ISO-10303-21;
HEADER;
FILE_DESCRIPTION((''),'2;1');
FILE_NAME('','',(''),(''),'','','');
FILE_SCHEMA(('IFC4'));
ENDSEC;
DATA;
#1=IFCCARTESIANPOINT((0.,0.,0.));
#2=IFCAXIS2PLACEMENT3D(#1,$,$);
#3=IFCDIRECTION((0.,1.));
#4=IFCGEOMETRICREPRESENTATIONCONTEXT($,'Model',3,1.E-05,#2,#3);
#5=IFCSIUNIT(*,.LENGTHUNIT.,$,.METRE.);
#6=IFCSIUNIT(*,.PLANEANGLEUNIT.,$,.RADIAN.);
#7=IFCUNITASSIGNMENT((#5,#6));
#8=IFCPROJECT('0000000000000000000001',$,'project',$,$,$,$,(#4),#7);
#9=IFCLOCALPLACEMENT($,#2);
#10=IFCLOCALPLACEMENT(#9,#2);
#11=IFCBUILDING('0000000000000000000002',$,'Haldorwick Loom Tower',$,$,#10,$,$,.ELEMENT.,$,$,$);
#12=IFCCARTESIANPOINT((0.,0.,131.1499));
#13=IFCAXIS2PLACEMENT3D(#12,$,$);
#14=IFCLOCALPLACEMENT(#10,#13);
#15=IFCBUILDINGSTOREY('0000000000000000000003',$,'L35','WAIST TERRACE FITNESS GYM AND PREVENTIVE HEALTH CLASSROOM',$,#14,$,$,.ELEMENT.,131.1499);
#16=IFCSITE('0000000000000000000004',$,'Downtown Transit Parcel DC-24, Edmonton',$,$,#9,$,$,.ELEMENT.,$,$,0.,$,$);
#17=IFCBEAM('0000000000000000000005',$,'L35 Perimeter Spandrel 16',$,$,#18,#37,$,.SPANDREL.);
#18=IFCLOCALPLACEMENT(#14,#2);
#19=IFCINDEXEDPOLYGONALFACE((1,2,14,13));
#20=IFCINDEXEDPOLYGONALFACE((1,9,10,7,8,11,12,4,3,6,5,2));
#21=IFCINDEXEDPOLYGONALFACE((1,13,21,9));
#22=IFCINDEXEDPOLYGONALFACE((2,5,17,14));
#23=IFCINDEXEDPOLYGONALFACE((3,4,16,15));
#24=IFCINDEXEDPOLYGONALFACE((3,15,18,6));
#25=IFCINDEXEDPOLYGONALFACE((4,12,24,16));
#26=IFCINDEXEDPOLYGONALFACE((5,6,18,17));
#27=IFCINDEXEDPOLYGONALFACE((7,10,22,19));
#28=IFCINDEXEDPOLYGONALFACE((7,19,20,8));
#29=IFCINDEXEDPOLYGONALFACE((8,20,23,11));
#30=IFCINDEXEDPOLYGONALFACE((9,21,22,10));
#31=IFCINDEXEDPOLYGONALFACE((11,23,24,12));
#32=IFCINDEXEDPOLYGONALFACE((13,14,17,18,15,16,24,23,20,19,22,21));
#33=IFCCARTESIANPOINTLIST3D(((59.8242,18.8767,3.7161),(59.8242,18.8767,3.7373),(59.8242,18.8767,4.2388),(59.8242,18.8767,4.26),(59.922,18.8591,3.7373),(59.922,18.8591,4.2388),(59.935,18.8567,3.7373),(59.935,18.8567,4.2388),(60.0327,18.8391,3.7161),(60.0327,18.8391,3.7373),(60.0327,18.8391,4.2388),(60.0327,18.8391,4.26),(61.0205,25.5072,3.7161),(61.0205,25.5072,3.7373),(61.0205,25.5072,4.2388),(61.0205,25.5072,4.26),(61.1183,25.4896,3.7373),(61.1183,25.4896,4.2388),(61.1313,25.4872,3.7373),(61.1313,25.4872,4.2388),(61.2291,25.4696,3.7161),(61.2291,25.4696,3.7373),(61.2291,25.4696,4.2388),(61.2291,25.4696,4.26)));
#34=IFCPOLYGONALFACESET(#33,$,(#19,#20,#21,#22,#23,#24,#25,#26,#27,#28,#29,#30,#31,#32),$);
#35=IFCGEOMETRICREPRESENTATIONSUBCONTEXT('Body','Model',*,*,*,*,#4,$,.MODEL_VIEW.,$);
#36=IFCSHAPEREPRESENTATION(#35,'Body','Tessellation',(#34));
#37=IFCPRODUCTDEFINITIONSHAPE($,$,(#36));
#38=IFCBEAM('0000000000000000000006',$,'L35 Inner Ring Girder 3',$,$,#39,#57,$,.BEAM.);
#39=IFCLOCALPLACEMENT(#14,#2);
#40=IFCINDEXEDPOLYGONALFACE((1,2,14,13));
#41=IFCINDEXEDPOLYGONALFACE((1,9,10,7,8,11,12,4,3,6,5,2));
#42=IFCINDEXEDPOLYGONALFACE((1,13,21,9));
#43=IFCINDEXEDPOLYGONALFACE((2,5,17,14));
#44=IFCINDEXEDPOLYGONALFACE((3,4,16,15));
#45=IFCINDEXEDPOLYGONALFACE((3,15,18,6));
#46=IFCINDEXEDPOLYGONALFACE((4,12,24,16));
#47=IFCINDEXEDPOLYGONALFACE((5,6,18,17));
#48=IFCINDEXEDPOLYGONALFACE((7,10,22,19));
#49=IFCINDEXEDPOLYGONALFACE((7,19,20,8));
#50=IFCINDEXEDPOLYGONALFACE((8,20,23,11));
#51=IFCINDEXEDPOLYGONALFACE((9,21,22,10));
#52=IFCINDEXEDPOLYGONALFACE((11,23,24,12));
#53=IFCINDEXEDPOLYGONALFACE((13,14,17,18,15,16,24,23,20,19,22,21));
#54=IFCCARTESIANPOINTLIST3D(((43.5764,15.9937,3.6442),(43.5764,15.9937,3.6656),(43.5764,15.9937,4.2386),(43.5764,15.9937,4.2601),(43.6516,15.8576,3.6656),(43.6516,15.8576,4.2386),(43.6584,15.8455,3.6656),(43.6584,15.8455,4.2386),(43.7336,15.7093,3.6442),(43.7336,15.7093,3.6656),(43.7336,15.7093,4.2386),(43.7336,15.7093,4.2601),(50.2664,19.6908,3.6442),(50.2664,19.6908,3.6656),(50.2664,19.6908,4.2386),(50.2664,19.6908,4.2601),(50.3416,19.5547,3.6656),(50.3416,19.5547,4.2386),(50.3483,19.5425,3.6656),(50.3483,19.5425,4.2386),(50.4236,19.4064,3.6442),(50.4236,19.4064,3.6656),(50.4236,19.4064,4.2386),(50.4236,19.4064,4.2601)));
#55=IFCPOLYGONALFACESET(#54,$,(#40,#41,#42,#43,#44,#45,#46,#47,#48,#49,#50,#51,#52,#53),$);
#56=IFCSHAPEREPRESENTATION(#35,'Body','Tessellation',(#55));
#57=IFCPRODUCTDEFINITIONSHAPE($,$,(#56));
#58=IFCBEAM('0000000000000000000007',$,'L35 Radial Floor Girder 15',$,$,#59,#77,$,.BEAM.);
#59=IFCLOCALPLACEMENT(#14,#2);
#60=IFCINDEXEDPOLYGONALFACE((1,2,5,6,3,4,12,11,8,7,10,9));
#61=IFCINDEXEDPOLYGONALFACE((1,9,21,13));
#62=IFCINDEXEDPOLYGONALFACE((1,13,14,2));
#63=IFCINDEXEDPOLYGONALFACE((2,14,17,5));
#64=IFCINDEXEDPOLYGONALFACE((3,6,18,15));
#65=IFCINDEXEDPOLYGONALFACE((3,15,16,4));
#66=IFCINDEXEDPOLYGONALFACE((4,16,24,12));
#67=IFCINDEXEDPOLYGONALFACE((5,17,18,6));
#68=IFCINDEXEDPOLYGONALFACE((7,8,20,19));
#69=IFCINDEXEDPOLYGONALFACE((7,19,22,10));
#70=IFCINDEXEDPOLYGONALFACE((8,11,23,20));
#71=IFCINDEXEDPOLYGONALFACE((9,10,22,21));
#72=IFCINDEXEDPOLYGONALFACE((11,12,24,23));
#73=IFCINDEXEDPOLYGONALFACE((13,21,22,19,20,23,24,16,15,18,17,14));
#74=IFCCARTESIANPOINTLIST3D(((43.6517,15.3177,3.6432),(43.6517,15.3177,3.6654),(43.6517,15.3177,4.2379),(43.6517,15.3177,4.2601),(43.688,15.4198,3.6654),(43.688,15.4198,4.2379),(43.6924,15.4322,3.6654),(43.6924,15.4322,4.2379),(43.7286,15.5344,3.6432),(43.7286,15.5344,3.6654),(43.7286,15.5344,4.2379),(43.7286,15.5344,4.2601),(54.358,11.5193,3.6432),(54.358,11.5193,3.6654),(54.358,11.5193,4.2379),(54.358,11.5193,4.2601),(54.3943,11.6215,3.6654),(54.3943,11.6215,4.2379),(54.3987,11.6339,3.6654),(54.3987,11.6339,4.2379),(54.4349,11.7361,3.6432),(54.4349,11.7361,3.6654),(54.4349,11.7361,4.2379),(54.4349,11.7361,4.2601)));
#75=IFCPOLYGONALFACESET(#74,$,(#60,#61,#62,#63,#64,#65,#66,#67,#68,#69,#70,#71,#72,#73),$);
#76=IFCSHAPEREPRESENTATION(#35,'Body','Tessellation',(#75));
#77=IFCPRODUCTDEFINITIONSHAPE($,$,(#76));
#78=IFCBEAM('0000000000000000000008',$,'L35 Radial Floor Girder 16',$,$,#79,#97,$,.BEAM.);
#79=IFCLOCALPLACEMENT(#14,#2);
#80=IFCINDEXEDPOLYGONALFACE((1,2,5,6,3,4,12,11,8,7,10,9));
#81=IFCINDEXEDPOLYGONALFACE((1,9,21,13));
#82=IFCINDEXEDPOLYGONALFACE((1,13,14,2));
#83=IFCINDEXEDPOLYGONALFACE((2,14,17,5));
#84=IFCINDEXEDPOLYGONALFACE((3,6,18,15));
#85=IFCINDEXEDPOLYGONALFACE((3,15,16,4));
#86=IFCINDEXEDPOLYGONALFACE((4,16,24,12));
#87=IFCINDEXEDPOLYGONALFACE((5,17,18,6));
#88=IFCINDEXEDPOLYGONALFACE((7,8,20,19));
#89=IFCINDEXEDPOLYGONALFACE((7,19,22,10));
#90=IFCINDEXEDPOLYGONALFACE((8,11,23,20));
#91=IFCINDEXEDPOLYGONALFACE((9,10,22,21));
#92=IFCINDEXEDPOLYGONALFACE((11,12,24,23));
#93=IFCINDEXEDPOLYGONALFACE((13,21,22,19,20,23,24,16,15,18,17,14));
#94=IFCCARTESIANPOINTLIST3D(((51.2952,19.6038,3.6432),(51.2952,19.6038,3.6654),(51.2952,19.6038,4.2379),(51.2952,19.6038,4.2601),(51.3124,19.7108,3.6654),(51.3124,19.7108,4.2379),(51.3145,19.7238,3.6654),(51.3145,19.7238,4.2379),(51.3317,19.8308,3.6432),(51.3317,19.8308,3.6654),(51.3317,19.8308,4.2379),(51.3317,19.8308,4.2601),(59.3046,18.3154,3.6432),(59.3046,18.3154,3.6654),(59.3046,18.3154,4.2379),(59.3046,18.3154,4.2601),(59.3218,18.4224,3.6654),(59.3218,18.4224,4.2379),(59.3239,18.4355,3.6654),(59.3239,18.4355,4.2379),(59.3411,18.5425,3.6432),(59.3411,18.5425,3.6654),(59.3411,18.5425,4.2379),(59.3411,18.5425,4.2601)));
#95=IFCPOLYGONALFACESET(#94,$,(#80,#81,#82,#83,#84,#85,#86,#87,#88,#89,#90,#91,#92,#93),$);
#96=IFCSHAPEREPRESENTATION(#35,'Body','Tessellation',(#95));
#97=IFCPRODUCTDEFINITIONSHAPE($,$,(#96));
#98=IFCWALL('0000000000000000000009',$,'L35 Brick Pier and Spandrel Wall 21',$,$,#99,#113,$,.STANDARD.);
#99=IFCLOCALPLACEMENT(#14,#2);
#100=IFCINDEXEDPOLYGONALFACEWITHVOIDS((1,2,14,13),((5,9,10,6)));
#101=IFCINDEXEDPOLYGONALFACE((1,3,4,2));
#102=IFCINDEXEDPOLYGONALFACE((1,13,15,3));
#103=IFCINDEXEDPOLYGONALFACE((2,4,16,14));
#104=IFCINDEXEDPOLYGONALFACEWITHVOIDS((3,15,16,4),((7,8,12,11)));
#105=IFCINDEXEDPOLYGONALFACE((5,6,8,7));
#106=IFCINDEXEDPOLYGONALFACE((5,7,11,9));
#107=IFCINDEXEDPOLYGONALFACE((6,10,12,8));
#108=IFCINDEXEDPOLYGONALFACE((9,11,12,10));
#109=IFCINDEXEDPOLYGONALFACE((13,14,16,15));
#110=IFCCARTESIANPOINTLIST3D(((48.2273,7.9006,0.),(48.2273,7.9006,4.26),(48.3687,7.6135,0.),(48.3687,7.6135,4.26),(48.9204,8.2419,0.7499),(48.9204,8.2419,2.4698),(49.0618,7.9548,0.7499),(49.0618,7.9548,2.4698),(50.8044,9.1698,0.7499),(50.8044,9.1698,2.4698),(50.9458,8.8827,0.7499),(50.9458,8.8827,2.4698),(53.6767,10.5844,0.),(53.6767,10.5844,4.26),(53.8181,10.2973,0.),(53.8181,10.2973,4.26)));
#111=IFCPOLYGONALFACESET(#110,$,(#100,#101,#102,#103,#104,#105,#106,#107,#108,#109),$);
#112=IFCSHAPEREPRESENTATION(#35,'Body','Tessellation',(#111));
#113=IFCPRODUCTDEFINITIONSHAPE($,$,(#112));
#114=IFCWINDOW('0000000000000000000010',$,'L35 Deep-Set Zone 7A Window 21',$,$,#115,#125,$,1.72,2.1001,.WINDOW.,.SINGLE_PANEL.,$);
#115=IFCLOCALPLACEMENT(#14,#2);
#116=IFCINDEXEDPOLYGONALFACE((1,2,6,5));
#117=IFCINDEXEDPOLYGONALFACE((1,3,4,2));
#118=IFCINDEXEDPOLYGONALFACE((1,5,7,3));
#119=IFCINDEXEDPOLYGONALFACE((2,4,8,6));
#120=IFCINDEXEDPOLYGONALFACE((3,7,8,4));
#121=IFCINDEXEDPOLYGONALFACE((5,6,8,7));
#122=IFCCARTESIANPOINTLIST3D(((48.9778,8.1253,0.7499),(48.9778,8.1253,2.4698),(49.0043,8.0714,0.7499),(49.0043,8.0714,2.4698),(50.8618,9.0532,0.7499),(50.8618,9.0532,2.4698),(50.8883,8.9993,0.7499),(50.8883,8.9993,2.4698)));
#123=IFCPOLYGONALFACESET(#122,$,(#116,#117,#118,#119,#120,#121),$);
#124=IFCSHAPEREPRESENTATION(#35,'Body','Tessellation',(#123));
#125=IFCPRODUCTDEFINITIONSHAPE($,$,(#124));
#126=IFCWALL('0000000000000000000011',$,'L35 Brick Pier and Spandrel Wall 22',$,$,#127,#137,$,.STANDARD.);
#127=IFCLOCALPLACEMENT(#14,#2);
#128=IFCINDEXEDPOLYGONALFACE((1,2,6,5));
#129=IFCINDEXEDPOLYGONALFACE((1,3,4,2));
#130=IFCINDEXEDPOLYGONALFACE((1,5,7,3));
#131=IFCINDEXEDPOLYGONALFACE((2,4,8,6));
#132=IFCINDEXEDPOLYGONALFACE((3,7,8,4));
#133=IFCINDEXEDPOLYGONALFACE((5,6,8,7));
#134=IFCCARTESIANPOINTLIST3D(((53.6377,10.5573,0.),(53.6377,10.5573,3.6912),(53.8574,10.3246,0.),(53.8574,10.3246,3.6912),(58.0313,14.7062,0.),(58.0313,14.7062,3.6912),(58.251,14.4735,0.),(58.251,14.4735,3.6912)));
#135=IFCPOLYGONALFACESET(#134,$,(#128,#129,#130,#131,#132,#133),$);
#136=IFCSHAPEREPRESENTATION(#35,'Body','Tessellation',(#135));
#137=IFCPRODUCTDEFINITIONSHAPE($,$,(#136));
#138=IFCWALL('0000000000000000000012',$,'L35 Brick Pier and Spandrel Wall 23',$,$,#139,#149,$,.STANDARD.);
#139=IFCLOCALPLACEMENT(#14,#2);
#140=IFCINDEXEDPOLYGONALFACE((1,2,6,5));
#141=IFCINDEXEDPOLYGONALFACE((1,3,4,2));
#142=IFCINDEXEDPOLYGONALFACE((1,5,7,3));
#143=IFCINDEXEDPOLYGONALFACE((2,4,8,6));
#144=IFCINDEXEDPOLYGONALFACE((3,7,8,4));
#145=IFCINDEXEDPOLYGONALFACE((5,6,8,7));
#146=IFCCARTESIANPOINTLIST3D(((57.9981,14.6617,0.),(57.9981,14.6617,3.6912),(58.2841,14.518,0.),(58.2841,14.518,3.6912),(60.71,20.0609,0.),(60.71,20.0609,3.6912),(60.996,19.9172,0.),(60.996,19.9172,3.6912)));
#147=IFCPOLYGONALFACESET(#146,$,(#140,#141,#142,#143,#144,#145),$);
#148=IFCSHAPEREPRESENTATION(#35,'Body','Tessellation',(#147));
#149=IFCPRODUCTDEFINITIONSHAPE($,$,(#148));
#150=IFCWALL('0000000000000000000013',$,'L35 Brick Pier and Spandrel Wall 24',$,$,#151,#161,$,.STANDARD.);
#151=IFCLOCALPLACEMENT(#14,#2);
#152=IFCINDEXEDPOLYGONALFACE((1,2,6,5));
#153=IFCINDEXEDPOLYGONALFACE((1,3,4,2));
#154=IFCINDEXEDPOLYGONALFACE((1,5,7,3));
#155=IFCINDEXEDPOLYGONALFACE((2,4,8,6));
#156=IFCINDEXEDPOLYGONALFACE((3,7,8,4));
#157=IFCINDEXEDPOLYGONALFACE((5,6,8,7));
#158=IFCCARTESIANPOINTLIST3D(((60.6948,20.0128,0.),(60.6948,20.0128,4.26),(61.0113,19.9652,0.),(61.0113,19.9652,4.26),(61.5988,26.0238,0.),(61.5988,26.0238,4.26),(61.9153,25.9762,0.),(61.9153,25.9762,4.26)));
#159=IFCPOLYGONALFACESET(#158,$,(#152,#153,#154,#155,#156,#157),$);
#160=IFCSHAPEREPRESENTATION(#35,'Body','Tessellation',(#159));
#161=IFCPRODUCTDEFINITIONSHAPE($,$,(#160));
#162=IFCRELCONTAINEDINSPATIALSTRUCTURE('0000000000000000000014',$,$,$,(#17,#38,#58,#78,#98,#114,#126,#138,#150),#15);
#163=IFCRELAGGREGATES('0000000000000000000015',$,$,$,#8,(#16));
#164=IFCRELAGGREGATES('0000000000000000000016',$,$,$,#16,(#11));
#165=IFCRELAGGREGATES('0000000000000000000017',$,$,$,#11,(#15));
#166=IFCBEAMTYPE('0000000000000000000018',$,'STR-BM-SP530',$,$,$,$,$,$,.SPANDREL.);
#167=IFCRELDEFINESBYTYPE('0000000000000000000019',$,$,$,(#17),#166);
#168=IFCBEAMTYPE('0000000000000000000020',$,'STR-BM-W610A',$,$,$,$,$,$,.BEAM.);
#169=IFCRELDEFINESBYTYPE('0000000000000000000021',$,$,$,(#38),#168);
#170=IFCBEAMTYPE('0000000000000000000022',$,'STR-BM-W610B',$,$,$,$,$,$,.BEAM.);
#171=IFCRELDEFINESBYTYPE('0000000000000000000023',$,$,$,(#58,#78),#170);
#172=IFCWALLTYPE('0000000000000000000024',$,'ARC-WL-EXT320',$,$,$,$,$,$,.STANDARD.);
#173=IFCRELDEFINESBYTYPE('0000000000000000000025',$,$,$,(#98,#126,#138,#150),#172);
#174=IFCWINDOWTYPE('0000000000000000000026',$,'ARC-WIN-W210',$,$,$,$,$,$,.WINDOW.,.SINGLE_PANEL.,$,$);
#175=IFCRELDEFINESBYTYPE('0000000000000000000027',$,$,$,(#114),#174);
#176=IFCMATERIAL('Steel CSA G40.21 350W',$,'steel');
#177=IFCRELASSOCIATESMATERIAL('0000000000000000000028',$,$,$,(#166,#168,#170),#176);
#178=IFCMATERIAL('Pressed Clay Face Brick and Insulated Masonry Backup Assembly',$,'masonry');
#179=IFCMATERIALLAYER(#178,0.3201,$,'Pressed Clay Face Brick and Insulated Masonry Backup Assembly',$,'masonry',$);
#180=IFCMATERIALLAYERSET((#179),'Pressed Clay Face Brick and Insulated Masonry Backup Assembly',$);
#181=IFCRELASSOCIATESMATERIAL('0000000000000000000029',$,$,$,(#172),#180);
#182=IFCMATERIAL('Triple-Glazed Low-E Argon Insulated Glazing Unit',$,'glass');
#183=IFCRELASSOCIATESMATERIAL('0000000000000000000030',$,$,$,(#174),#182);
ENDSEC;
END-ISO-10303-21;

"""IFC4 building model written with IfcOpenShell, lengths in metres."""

from ifc_helpers import new_model, si_unit, direction, frame, frame_2d, origin, origin_2d, place, context, subcontext, project, spatial, rectangle, i_section, extrude, material, layer, layer_set, material_profile, profile_set, type_object, element, fill, save


model = new_model("IFC4")

# Units and contexts
model_context = context("Model", 3, precision=1e-05, world=origin(), true_north=direction((0.0, 1.0)))
body_context = subcontext(model_context, "Body", "Model", "MODEL_VIEW")
ifc_project = project(units=[si_unit("LENGTHUNIT", "METRE"), si_unit("PLANEANGLEUNIT", "RADIAN")], contexts=[model_context])

# Site, building, storey
site_placement = place(None, origin())
site = spatial("IfcSite", under=ifc_project, at=site_placement, Name="Downtown Transit Parcel DC-24, Edmonton", CompositionType="ELEMENT", RefElevation=0.0)
building_placement = place(site_placement, origin())
building = spatial("IfcBuilding", under=site, at=building_placement, Name="Haldorwick Loom Tower", CompositionType="ELEMENT")
storey_placement = place(building_placement, frame((0.0, 0.0, 131.1499)))
storey = spatial("IfcBuildingStorey", under=building, at=storey_placement, Name="L35", Description="WAIST TERRACE FITNESS GYM AND PREVENTIVE HEALTH CLASSROOM", CompositionType="ELEMENT", Elevation=131.1499)

# Beams
ifc_material_1 = material(Name="Steel CSA G40.21 350W", Category="steel")
ifc_material_profile_1 = material_profile(ifc_material_1, i_section(OverallWidth=0.2119, OverallDepth=0.5439, WebThickness=0.0132, FlangeThickness=0.0212, at=origin_2d()), Name="W530X123", Category="steel")
ifc_profile_set_1 = profile_set([ifc_material_profile_1], Name="Steel CSA G40.21 350W")
beam_type_1 = type_object("IfcBeamType", Name="STR-BM-SP530", PredefinedType="SPANDREL", material=ifc_profile_set_1)
beam_1_placement = place(storey_placement, frame((59.9285, 18.8579, 3.988), z_axis=(0.177559, 0.98411, 0.0), x_axis=(-0.98411, 0.177559, 0.0)))
element("IfcBeam", 1, at=beam_1_placement, inside=storey, type_object=beam_type_1, Name="L35 Perimeter Spandrel 16", PredefinedType="SPANDREL", context=body_context, shape_type="SweptSolid", body=[
    extrude(i_section(OverallWidth=0.2119, OverallDepth=0.5439, WebThickness=0.0132, FlangeThickness=0.0212, at=origin_2d()), origin(), (0.0, 0.0, 1.0), 6.7375),
])
ifc_material_profile_2 = material_profile(ifc_material_1, i_section(OverallWidth=0.325, OverallDepth=0.616, WebThickness=0.0139, FlangeThickness=0.0215, at=origin_2d()), Name="W610X174", Category="steel")
ifc_profile_set_2 = profile_set([ifc_material_profile_2], Name="Steel CSA G40.21 350W")
beam_type_2 = type_object("IfcBeamType", Name="STR-BM-W610A", PredefinedType="BEAM", material=ifc_profile_set_2)
beam_2_placement = place(storey_placement, frame((50.345, 19.5486, 3.9521), z_axis=(-0.875244, -0.483681, 0.0), x_axis=(0.483681, -0.875244, 0.0)))
element("IfcBeam", 2, at=beam_2_placement, inside=storey, type_object=beam_type_2, Name="L35 Inner Ring Girder 3", PredefinedType="BEAM", context=body_context, shape_type="SweptSolid", body=[
    extrude(i_section(OverallWidth=0.325, OverallDepth=0.616, WebThickness=0.0139, FlangeThickness=0.0215, at=origin_2d()), origin(), (0.0, 0.0, 1.0), 7.6436),
])
ifc_material_profile_3 = material_profile(ifc_material_1, i_section(OverallWidth=0.23, OverallDepth=0.6169, WebThickness=0.0132, FlangeThickness=0.0222, at=origin_2d()), Name="W610X140", Category="steel")
ifc_profile_set_3 = profile_set([ifc_material_profile_3], Name="Steel CSA G40.21 350W")
beam_type_3 = type_object("IfcBeamType", Name="STR-BM-W610B", PredefinedType="BEAM", material=ifc_profile_set_3)
beam_3_placement = place(storey_placement, frame((43.6902, 15.426, 3.9517), z_axis=(0.942446, -0.334358, 0.0), x_axis=(0.334358, 0.942446, 0.0)))
element("IfcBeam", 3, at=beam_3_placement, inside=storey, type_object=beam_type_3, Name="L35 Radial Floor Girder 15", PredefinedType="BEAM", context=body_context, shape_type="SweptSolid", body=[
    extrude(i_section(OverallWidth=0.23, OverallDepth=0.6169, WebThickness=0.0132, FlangeThickness=0.0222, at=origin_2d()), origin(), (0.0, 0.0, 1.0), 11.3601),
])
beam_4_placement = place(storey_placement, frame((51.3135, 19.7173, 3.9517), z_axis=(0.987309, -0.158813, 0.0), x_axis=(0.158813, 0.987309, 0.0)))
element("IfcBeam", 4, at=beam_4_placement, inside=storey, type_object=beam_type_3, Name="L35 Radial Floor Girder 16", PredefinedType="BEAM", context=body_context, shape_type="SweptSolid", body=[
    extrude(i_section(OverallWidth=0.23, OverallDepth=0.6169, WebThickness=0.0132, FlangeThickness=0.0222, at=origin_2d()), origin(), (0.0, 0.0, 1.0), 8.1123),
])

# Wall, opening, window
ifc_material_2 = material(Name="Pressed Clay Face Brick and Insulated Masonry Backup Assembly", Category="masonry")
ifc_layer_1 = layer(ifc_material_2, 0.3201, Name="Pressed Clay Face Brick and Insulated Masonry Backup Assembly", Category="masonry")
ifc_layer_set_1 = layer_set([ifc_layer_1], Name="Pressed Clay Face Brick and Insulated Masonry Backup Assembly")
wall_type_1 = type_object("IfcWallType", Name="ARC-WL-EXT320", PredefinedType="STANDARD", material=ifc_layer_set_1)
wall_1_placement = place(storey_placement, frame((48.2981, 7.7571, 0.0), z_axis=(0.0, 0.0, 1.0), x_axis=(0.897104, 0.44182, 0.0)))
wall_1 = element("IfcWall", 5, at=wall_1_placement, inside=storey, type_object=wall_type_1, Name="L35 Brick Pier and Spandrel Wall 21", PredefinedType="STANDARD", context=body_context, shape_type="SweptSolid", body=[
    extrude(rectangle(XDim=6.0745, YDim=0.3201, at=frame_2d((3.0371, 0.0))), origin(), (0.0, 0.0, 1.0), 4.26),
])
opening_1_placement = place(wall_1_placement, frame((0.7725, 0.0, 0.75)))
opening_1 = element("IfcOpeningElement", 6, at=opening_1_placement, cuts=wall_1, PredefinedType="OPENING", context=body_context, shape_type="SweptSolid", body=[
    extrude(rectangle(XDim=2.1001, YDim=1.72, at=frame_2d((1.05, 0.8599))), frame((0.0, 0.1699, 0.0), z_axis=(0.0, -1.0, 0.0), x_axis=(1.0, 0.0, 0.0)), (0.0, 0.0, 1.0), 0.3401),
])
ifc_material_3 = material(Name="Triple-Glazed Low-E Argon Insulated Glazing Unit", Category="glass")
window_type = type_object("IfcWindowType", Name="ARC-WIN-W210", PartitioningType="SINGLE_PANEL", PredefinedType="WINDOW", material=ifc_material_3)
window_placement = place(opening_1_placement, origin())
window = element("IfcWindow", 7, at=window_placement, inside=storey, type_object=window_type, Name="L35 Deep-Set Zone 7A Window 21", OverallHeight=1.72, OverallWidth=2.1001, PartitioningType="SINGLE_PANEL", PredefinedType="WINDOW", context=body_context, shape_type="SweptSolid", body=[
    extrude(rectangle(XDim=2.1001, YDim=1.72, at=frame_2d((1.05, 0.8599))), frame((0.0, 0.03, 0.0), z_axis=(0.0, -1.0, 0.0), x_axis=(1.0, 0.0, 0.0)), (0.0, 0.0, 1.0), 0.0601),
])
fill(opening_1, window)

# Walls
wall_2_placement = place(storey_placement, frame((53.7476, 10.4409, 0.0), z_axis=(0.0, 0.0, 1.0), x_axis=(0.727058, 0.686576, 0.0)))
element("IfcWall", 8, at=wall_2_placement, inside=storey, type_object=wall_type_1, Name="L35 Brick Pier and Spandrel Wall 22", PredefinedType="STANDARD", context=body_context, shape_type="SweptSolid", body=[
    extrude(rectangle(XDim=6.043, YDim=0.3201, at=frame_2d((3.0215, 0.0))), origin(), (0.0, 0.0, 1.0), 3.6912),
])
wall_3_placement = place(storey_placement, frame((58.1411, 14.5898, 0.0), z_axis=(0.0, 0.0, 1.0), x_axis=(0.448845, 0.893609, 0.0)))
element("IfcWall", 9, at=wall_3_placement, inside=storey, type_object=wall_type_1, Name="L35 Brick Pier and Spandrel Wall 23", PredefinedType="STANDARD", context=body_context, shape_type="SweptSolid", body=[
    extrude(rectangle(XDim=6.042, YDim=0.3201, at=frame_2d((3.021, 0.0))), origin(), (0.0, 0.0, 1.0), 3.6912),
])
wall_4_placement = place(storey_placement, frame((60.853, 19.989, 0.0), z_axis=(0.0, 0.0, 1.0), x_axis=(0.148727, 0.988878, 0.0)))
element("IfcWall", 10, at=wall_4_placement, inside=storey, type_object=wall_type_1, Name="L35 Brick Pier and Spandrel Wall 24", PredefinedType="STANDARD", context=body_context, shape_type="SweptSolid", body=[
    extrude(rectangle(XDim=6.0786, YDim=0.3201, at=frame_2d((3.0393, 0.0))), origin(), (0.0, 0.0, 1.0), 4.26),
])

save(model, "model.ifc")
